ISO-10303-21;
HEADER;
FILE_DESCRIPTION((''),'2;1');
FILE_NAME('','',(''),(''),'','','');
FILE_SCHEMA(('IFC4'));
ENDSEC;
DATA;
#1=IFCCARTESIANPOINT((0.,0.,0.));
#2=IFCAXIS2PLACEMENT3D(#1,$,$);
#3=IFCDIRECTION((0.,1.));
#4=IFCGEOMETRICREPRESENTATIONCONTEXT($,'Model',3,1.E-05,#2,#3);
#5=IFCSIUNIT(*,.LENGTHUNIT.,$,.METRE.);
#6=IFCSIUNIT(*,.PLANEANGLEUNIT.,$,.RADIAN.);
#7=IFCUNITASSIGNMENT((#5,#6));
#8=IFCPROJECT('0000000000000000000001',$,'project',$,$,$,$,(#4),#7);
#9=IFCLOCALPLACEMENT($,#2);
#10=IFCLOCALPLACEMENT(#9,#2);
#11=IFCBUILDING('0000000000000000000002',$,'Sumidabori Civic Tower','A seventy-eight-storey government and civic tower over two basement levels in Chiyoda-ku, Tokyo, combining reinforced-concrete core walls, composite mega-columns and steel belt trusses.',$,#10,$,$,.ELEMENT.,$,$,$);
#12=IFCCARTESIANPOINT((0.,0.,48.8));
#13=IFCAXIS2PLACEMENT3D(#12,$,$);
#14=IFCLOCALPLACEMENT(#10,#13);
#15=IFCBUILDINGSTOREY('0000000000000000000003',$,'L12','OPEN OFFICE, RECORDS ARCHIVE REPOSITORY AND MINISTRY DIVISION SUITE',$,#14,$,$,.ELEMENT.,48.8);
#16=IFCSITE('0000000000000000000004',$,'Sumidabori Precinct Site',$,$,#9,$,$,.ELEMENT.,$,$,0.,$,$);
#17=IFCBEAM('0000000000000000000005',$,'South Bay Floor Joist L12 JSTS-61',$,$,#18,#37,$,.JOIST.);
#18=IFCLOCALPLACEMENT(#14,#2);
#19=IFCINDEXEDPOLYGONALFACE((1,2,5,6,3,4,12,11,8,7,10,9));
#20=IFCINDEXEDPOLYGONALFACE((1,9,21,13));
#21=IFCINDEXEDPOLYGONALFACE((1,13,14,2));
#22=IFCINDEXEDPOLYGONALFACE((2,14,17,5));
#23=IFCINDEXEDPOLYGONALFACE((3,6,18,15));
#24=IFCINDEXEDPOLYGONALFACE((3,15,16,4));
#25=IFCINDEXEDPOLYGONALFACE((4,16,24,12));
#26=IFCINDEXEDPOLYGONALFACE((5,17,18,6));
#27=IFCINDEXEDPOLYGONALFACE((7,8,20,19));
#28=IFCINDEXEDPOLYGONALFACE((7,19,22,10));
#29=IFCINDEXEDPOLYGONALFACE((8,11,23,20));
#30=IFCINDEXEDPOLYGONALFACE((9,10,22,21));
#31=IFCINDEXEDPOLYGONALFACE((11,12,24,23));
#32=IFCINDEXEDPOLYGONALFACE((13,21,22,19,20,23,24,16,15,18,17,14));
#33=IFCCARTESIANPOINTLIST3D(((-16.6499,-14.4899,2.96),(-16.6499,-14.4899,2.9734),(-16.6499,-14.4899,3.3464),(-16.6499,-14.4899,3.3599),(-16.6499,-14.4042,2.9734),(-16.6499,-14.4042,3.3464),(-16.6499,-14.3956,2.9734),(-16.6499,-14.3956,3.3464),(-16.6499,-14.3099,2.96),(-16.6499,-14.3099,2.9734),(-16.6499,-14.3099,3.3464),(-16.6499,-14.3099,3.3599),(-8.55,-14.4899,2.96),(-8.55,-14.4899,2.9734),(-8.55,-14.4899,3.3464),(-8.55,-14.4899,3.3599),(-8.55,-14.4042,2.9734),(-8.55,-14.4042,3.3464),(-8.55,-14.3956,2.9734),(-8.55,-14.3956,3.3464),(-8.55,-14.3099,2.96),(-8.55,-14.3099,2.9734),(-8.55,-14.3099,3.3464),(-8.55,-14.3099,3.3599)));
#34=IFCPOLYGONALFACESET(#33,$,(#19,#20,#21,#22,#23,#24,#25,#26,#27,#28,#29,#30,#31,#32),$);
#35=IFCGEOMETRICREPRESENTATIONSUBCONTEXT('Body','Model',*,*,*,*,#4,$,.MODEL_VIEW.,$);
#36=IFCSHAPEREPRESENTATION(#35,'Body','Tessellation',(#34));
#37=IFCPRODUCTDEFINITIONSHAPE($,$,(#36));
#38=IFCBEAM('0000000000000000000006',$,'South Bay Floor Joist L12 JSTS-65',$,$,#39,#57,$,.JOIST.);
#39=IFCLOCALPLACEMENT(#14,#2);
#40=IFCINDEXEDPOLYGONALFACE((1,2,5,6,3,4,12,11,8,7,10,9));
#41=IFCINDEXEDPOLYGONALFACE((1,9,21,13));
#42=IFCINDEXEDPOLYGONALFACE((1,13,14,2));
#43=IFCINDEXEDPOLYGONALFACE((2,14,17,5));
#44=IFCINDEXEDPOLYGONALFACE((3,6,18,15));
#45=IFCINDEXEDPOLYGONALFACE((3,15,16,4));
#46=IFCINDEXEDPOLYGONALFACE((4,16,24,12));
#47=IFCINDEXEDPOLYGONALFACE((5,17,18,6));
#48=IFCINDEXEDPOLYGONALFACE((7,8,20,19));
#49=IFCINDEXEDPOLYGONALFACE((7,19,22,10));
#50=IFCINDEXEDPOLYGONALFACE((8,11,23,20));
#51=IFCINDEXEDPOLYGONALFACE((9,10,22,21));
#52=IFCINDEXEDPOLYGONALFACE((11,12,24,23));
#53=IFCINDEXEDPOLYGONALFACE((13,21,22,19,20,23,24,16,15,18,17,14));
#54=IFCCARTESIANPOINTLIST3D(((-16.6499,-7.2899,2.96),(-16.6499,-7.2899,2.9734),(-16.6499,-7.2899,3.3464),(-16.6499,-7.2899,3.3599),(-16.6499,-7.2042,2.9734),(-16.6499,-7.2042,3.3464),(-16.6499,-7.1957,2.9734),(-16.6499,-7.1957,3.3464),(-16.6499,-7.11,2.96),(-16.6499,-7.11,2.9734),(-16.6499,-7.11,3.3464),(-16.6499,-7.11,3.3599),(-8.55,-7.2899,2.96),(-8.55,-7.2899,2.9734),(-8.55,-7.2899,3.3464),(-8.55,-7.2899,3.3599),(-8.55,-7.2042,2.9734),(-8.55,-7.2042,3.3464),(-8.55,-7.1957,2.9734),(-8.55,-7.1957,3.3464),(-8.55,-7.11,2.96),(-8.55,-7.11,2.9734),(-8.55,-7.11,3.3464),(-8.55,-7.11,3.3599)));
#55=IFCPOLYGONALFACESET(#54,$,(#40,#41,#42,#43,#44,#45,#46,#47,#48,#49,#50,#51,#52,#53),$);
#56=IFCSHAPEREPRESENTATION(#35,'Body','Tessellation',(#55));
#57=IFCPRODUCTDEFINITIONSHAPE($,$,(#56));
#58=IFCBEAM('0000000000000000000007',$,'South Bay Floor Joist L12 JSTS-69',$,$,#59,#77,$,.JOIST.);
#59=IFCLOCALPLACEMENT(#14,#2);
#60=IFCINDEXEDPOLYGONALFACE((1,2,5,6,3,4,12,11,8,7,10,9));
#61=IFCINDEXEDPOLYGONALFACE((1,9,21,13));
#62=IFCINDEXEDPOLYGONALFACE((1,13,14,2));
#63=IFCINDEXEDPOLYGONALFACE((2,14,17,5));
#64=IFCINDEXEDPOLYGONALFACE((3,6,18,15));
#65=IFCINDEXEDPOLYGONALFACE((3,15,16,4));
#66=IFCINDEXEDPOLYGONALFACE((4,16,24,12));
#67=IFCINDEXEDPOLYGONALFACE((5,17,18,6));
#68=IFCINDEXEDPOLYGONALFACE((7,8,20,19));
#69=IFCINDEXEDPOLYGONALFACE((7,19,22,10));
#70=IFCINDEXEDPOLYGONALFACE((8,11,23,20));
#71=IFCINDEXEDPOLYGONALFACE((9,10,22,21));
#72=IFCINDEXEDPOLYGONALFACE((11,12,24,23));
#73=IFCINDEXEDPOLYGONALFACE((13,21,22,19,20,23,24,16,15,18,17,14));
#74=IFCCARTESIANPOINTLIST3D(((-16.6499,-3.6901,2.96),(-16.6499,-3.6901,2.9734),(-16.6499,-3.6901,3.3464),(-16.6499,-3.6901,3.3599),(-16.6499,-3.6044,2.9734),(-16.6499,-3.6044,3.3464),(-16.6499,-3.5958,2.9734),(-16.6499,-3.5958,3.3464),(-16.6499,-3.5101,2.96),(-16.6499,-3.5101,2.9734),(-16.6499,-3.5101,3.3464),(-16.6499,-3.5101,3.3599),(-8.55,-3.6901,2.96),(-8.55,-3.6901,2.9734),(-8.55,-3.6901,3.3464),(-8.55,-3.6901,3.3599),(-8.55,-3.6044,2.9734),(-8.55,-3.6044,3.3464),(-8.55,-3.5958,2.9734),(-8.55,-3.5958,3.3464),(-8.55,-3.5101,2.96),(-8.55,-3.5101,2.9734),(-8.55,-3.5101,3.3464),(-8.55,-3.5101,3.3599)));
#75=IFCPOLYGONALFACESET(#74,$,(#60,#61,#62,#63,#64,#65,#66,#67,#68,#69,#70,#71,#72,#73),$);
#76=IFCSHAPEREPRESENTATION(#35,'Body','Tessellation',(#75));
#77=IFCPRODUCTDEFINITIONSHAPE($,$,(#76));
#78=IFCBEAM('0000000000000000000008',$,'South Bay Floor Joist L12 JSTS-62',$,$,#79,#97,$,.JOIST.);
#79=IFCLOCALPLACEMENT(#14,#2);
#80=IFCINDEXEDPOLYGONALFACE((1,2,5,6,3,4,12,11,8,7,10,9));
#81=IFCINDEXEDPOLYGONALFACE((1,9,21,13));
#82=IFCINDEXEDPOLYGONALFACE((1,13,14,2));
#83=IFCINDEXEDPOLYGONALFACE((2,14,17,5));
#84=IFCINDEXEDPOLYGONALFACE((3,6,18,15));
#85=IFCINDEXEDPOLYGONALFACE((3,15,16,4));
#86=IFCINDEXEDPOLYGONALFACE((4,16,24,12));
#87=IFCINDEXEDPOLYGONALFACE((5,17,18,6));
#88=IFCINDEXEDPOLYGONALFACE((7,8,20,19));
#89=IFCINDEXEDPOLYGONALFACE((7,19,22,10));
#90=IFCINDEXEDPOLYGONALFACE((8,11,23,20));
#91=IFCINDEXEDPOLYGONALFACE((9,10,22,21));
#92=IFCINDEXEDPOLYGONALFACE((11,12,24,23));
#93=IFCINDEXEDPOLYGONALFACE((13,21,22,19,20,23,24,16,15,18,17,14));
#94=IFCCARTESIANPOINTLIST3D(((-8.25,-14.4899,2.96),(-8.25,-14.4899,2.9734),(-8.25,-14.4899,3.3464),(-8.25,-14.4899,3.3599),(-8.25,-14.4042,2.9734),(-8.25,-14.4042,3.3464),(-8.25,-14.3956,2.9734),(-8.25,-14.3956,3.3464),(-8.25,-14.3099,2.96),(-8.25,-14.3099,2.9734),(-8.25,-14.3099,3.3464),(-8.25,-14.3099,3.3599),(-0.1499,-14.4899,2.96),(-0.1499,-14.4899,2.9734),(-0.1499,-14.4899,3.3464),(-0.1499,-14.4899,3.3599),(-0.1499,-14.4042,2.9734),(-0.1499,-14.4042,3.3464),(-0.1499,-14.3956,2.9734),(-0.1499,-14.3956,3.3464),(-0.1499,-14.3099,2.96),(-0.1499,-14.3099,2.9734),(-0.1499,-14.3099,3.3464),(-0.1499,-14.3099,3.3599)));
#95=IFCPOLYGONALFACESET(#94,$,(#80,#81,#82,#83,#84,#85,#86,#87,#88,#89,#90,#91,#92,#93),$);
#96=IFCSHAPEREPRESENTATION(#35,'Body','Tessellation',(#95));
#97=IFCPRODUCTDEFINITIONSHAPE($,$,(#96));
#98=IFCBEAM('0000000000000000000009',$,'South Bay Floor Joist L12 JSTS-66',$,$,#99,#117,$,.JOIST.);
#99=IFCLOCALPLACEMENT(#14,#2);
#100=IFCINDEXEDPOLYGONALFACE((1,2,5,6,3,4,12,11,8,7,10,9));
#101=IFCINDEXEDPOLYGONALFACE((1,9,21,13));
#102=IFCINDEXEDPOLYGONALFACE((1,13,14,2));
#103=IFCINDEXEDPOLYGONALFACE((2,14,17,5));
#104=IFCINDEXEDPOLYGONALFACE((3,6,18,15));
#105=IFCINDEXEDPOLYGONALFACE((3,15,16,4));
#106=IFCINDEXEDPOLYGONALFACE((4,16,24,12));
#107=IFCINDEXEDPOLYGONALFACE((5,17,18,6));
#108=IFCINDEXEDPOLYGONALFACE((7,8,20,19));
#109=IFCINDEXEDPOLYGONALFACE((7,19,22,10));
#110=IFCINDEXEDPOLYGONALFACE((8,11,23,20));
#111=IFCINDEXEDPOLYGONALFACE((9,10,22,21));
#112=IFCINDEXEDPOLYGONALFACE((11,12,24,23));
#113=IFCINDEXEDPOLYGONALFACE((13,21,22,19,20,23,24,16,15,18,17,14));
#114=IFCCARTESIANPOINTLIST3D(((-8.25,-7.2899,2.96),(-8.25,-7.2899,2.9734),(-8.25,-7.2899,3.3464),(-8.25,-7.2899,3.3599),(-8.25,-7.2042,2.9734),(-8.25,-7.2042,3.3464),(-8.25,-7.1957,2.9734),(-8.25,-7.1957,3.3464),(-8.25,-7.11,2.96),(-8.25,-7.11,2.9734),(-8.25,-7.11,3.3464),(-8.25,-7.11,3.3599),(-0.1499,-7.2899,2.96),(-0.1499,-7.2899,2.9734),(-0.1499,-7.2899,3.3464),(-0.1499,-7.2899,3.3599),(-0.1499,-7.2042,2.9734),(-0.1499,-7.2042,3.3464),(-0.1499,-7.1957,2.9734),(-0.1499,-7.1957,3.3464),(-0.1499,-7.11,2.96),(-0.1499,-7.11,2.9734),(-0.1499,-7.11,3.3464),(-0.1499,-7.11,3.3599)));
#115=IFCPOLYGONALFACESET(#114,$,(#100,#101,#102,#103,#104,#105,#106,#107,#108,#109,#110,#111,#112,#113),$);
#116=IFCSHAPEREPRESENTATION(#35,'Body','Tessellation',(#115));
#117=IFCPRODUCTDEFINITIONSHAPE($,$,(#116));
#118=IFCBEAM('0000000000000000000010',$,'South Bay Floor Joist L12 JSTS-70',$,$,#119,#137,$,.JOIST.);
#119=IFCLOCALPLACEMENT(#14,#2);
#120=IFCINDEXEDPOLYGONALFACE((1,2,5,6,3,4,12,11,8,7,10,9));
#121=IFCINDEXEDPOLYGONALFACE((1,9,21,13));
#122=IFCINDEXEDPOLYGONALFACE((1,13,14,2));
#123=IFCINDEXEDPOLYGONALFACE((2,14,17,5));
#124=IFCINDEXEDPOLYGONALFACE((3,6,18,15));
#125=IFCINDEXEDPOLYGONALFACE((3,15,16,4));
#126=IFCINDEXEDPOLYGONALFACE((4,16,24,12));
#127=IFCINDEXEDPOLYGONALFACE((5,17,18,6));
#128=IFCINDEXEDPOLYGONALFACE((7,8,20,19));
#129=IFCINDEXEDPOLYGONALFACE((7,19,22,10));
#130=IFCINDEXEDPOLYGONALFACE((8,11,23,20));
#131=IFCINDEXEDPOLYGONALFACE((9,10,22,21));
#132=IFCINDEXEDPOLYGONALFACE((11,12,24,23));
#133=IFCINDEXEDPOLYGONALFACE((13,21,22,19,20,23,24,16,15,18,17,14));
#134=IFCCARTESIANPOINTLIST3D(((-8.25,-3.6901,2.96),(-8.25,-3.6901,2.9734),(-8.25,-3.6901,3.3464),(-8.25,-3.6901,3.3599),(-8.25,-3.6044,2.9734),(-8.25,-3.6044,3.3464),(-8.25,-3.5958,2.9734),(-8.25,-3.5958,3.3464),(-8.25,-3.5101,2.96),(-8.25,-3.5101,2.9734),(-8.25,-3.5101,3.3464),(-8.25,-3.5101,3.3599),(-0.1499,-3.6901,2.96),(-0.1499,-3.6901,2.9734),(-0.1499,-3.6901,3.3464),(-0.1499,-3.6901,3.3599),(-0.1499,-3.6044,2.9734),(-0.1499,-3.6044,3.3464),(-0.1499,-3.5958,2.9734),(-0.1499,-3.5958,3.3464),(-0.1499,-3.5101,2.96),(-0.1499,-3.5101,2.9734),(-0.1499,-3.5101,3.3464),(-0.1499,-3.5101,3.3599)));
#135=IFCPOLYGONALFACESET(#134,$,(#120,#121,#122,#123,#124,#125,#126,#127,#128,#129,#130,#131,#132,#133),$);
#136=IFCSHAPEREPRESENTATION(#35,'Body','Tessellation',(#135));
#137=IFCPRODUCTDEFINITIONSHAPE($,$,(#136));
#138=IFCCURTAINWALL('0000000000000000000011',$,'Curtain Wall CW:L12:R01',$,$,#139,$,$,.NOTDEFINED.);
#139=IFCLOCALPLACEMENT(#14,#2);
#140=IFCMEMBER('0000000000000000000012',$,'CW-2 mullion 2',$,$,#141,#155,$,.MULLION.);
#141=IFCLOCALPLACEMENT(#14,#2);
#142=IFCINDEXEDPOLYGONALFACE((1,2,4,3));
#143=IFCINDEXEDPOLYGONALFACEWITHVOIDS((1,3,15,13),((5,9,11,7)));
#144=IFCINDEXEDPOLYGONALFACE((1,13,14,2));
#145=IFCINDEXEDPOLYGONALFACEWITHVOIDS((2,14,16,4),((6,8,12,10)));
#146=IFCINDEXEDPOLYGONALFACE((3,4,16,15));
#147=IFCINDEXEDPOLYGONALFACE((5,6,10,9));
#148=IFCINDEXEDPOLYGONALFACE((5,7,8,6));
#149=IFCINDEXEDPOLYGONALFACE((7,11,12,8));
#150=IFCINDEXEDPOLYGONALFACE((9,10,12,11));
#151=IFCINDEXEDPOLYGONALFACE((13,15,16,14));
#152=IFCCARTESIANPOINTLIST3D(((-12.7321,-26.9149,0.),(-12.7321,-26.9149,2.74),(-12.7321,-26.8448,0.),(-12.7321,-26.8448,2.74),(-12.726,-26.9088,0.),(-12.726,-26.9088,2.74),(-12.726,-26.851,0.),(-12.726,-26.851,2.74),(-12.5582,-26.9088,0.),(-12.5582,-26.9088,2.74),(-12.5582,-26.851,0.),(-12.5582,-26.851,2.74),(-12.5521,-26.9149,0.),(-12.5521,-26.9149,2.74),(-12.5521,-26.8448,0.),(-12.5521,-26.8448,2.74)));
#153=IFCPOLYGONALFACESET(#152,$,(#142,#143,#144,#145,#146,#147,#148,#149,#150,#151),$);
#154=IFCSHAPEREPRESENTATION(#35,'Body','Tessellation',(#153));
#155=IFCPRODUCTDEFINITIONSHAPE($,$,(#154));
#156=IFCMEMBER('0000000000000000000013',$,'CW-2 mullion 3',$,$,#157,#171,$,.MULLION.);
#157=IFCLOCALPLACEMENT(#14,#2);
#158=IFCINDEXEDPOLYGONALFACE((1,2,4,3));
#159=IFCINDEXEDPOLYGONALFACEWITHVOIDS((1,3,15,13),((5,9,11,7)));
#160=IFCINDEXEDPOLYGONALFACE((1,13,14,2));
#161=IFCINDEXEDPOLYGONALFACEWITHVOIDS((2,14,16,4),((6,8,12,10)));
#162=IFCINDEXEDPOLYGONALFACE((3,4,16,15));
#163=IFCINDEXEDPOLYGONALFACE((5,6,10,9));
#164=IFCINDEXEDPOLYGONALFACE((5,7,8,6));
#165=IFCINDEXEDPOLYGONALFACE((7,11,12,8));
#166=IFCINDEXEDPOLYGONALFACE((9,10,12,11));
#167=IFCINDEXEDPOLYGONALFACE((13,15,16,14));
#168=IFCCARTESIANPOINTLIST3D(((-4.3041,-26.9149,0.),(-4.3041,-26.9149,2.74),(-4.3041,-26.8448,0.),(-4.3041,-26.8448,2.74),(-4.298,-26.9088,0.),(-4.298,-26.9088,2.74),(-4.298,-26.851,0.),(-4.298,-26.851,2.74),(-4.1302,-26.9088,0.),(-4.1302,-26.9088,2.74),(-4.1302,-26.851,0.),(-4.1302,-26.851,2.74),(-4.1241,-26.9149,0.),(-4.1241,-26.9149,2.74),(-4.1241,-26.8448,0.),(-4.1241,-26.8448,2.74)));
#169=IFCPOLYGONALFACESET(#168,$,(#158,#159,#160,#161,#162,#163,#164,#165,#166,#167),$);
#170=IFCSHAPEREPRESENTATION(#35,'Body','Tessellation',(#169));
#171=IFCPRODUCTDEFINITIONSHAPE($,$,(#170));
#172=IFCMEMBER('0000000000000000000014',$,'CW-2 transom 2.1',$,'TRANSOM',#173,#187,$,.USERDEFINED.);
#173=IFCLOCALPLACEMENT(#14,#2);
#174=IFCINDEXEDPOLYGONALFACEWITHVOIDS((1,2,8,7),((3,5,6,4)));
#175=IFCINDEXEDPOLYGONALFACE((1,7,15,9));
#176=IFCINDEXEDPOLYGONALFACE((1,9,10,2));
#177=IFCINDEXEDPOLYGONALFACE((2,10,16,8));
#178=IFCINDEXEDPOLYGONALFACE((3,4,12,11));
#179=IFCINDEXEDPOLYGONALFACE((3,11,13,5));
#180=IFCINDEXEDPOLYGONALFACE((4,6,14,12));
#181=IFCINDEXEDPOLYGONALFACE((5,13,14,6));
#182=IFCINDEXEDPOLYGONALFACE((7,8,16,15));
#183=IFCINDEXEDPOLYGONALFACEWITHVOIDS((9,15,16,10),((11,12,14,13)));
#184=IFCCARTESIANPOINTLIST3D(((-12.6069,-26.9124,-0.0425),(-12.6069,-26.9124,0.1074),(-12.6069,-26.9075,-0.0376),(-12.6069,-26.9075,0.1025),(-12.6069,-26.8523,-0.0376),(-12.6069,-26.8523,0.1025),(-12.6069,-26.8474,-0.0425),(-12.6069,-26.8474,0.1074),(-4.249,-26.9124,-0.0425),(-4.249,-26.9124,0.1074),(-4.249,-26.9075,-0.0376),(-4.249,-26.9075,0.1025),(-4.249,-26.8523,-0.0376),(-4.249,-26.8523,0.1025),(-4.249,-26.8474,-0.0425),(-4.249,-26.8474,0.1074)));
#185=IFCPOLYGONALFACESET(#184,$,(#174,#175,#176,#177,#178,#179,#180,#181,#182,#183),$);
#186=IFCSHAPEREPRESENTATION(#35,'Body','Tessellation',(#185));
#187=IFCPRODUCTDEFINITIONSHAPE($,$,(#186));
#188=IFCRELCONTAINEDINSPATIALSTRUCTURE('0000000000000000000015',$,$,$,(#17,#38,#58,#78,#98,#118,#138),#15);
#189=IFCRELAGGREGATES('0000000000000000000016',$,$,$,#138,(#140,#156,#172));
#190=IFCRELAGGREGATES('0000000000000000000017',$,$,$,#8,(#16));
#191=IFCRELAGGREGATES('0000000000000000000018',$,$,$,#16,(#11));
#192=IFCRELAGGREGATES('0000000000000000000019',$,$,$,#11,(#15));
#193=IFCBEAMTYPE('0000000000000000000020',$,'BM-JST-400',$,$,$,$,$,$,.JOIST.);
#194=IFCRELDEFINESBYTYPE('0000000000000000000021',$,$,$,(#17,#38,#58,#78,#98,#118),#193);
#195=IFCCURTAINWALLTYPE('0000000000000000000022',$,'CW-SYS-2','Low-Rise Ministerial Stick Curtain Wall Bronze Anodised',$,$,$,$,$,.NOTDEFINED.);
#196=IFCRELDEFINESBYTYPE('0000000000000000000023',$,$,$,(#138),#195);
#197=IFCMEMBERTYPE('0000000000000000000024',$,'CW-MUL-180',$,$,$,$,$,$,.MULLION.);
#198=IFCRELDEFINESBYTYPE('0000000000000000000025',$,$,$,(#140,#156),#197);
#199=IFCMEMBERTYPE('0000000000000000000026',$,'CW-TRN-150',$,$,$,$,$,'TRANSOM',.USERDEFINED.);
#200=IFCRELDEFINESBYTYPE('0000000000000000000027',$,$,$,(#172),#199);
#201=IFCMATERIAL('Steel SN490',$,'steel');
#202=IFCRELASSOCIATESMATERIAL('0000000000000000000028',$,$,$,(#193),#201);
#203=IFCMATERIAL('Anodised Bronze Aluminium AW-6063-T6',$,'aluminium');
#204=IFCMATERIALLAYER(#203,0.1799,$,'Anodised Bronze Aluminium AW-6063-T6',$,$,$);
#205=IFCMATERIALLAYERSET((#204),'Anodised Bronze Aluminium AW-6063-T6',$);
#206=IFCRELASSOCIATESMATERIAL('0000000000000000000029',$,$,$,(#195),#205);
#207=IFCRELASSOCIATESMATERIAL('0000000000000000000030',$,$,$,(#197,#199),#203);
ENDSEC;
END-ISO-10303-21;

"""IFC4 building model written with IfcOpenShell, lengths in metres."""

from ifc_helpers import new_model, si_unit, direction, frame, origin, origin_2d, place, context, subcontext, project, spatial, hollow_rectangle, i_section, extrude, source, transform, mapped, material, layer, layer_set, material_profile, profile_set, type_object, element, aggregate, save


model = new_model("IFC4")

# Units and contexts
model_context = context("Model", 3, precision=1e-05, world=origin(), true_north=direction((0.0, 1.0)))
body_context = subcontext(model_context, "Body", "Model", "MODEL_VIEW")
ifc_project = project(units=[si_unit("LENGTHUNIT", "METRE"), si_unit("PLANEANGLEUNIT", "RADIAN")], contexts=[model_context])

# Site, building, storey
site_placement = place(None, origin())
site = spatial("IfcSite", under=ifc_project, at=site_placement, Name="Sumidabori Precinct Site", CompositionType="ELEMENT", RefElevation=0.0)
building_placement = place(site_placement, origin())
building = spatial("IfcBuilding", under=site, at=building_placement, Name="Sumidabori Civic Tower", Description="A seventy-eight-storey government and civic tower over two basement levels in Chiyoda-ku, Tokyo, combining reinforced-concrete core walls, composite mega-columns and steel belt trusses.", CompositionType="ELEMENT")
storey_placement = place(building_placement, frame((0.0, 0.0, 48.8)))
storey = spatial("IfcBuildingStorey", under=building, at=storey_placement, Name="L12", Description="OPEN OFFICE, RECORDS ARCHIVE REPOSITORY AND MINISTRY DIVISION SUITE", CompositionType="ELEMENT", Elevation=48.8)

# Beams
ifc_material_1 = material(Name="Steel SN490", Category="steel")
ifc_material_profile_1 = material_profile(ifc_material_1, i_section(OverallWidth=0.1799, OverallDepth=0.3999, WebThickness=0.0085, FlangeThickness=0.0134, at=origin_2d()), Name="IPE 400")
ifc_profile_set_1 = profile_set([ifc_material_profile_1], Name="Steel SN490")
beam_type_1 = type_object("IfcBeamType", Name="BM-JST-400", PredefinedType="JOIST", material=ifc_profile_set_1)
shared_shape_1 = source(origin(), body_context, "Body", "SweptSolid", [
    extrude(i_section(OverallWidth=0.1799, OverallDepth=0.3999, WebThickness=0.0085, FlangeThickness=0.0134, at=origin_2d()), origin(), (0.0, 0.0, 1.0), 8.0999),
])
for number, where, z_axis, x_axis, name in (
    (1, (-16.6499, -14.3999, 3.1599), (1.0, 0.0, 0.0), (0.0, 1.0, 0.0), "South Bay Floor Joist L12 JSTS-61"),
    (2, (-16.6499, -7.2, 3.1599), (1.0, 0.0, 0.0), (0.0, 1.0, 0.0), "South Bay Floor Joist L12 JSTS-65"),
    (3, (-16.6499, -3.6001, 3.1599), (1.0, 0.0, 0.0), (0.0, 1.0, 0.0), "South Bay Floor Joist L12 JSTS-69"),
):
    element("IfcBeam", number, at=place(storey_placement, frame(where, z_axis=z_axis, x_axis=x_axis)), inside=storey, type_object=beam_type_1, Name=name, PredefinedType="JOIST", context=body_context, shape_type="MappedRepresentation", body=[
        mapped(shared_shape_1, transform((0.0, 0.0, 0.0), x_axis=(1.0, 0.0, 0.0), y_axis=(0.0, 1.0, 0.0), z_axis=(0.0, 0.0, 1.0), scale=1.0)),
    ])
shared_shape_2 = source(origin(), body_context, "Body", "SweptSolid", [
    extrude(i_section(OverallWidth=0.1799, OverallDepth=0.3999, WebThickness=0.0085, FlangeThickness=0.0134, at=origin_2d()), origin(), (0.0, 0.0, 1.0), 8.1001),
])
for number, where, z_axis, x_axis, name in (
    (4, (-8.25, -14.3999, 3.1599), (1.0, 0.0, 0.0), (0.0, 1.0, 0.0), "South Bay Floor Joist L12 JSTS-62"),
    (5, (-8.25, -7.2, 3.1599), (1.0, 0.0, 0.0), (0.0, 1.0, 0.0), "South Bay Floor Joist L12 JSTS-66"),
    (6, (-8.25, -3.6001, 3.1599), (1.0, 0.0, 0.0), (0.0, 1.0, 0.0), "South Bay Floor Joist L12 JSTS-70"),
):
    element("IfcBeam", number, at=place(storey_placement, frame(where, z_axis=z_axis, x_axis=x_axis)), inside=storey, type_object=beam_type_1, Name=name, PredefinedType="JOIST", context=body_context, shape_type="MappedRepresentation", body=[
        mapped(shared_shape_2, transform((0.0, 0.0, 0.0), x_axis=(1.0, 0.0, 0.0), y_axis=(0.0, 1.0, 0.0), z_axis=(0.0, 0.0, 1.0), scale=1.0)),
    ])

# Curtain wall, members
ifc_material_2 = material(Name="Anodised Bronze Aluminium AW-6063-T6", Category="aluminium")
ifc_layer_1 = layer(ifc_material_2, 0.1799, Name="Anodised Bronze Aluminium AW-6063-T6")
ifc_layer_set_1 = layer_set([ifc_layer_1], Name="Anodised Bronze Aluminium AW-6063-T6")
curtain_wall_type = type_object("IfcCurtainWallType", Name="CW-SYS-2", Description="Low-Rise Ministerial Stick Curtain Wall Bronze Anodised", PredefinedType="NOTDEFINED", material=ifc_layer_set_1)
curtain_wall_placement = place(storey_placement, origin())
curtain_wall = element("IfcCurtainWall", 7, at=curtain_wall_placement, inside=storey, type_object=curtain_wall_type, Name="Curtain Wall CW:L12:R01", PredefinedType="NOTDEFINED")
ifc_material_profile_2 = material_profile(ifc_material_2, hollow_rectangle(XDim=0.0701, YDim=0.1799, WallThickness=0.0061, at=origin_2d()), Name="ALU MULLION 180x70")
ifc_profile_set_2 = profile_set([ifc_material_profile_2], Name="Anodised Bronze Aluminium AW-6063-T6")
member_type_1 = type_object("IfcMemberType", Name="CW-MUL-180", PredefinedType="MULLION", material=ifc_profile_set_2)
shared_shape_3 = source(origin(), body_context, "Body", "SweptSolid", [
    extrude(hollow_rectangle(XDim=0.0701, YDim=0.1799, WallThickness=0.0061, at=origin_2d()), origin(), (0.0, 0.0, 1.0), 2.74),
])
member_1_placement = place(storey_placement, frame((-12.6421, -26.8799, 0.0), z_axis=(0.0, 0.0, 1.0), x_axis=(0.0, 1.0, 0.0)))
member_1 = element("IfcMember", 8, at=member_1_placement, type_object=member_type_1, Name="CW-2 mullion 2", PredefinedType="MULLION", context=body_context, shape_type="MappedRepresentation", body=[
    mapped(shared_shape_3, transform((0.0, 0.0, 0.0), x_axis=(1.0, 0.0, 0.0), y_axis=(0.0, 1.0, 0.0), z_axis=(0.0, 0.0, 1.0), scale=1.0)),
])
member_2_placement = place(storey_placement, frame((-4.2141, -26.8799, 0.0), z_axis=(0.0, 0.0, 1.0), x_axis=(0.0, 1.0, 0.0)))
member_2 = element("IfcMember", 9, at=member_2_placement, type_object=member_type_1, Name="CW-2 mullion 3", PredefinedType="MULLION", context=body_context, shape_type="MappedRepresentation", body=[
    mapped(shared_shape_3, transform((0.0, 0.0, 0.0), x_axis=(1.0, 0.0, 0.0), y_axis=(0.0, 1.0, 0.0), z_axis=(0.0, 0.0, 1.0), scale=1.0)),
])
ifc_material_profile_3 = material_profile(ifc_material_2, hollow_rectangle(XDim=0.0649, YDim=0.1499, WallThickness=0.0049, at=origin_2d()), Name="ALU TRANSOM 150x65")
ifc_profile_set_3 = profile_set([ifc_material_profile_3], Name="Anodised Bronze Aluminium AW-6063-T6")
member_type_2 = type_object("IfcMemberType", Name="CW-TRN-150", ElementType="TRANSOM", PredefinedType="USERDEFINED", material=ifc_profile_set_3)
shared_shape_4 = source(origin(), body_context, "Body", "SweptSolid", [
    extrude(hollow_rectangle(XDim=0.0649, YDim=0.1499, WallThickness=0.0049, at=origin_2d()), origin(), (0.0, 0.0, 1.0), 8.3579),
])
member_3_placement = place(storey_placement, frame((-12.6069, -26.8799, 0.0325), z_axis=(1.0, 0.0, 0.0), x_axis=(0.0, 1.0, 0.0)))
member_3 = element("IfcMember", 10, at=member_3_placement, type_object=member_type_2, Name="CW-2 transom 2.1", ObjectType="TRANSOM", PredefinedType="USERDEFINED", context=body_context, shape_type="MappedRepresentation", body=[
    mapped(shared_shape_4, transform((0.0, 0.0, 0.0), x_axis=(1.0, 0.0, 0.0), y_axis=(0.0, 1.0, 0.0), z_axis=(0.0, 0.0, 1.0), scale=1.0)),
])
aggregate(curtain_wall, [member_1, member_2, member_3])

save(model, "model.ifc")
